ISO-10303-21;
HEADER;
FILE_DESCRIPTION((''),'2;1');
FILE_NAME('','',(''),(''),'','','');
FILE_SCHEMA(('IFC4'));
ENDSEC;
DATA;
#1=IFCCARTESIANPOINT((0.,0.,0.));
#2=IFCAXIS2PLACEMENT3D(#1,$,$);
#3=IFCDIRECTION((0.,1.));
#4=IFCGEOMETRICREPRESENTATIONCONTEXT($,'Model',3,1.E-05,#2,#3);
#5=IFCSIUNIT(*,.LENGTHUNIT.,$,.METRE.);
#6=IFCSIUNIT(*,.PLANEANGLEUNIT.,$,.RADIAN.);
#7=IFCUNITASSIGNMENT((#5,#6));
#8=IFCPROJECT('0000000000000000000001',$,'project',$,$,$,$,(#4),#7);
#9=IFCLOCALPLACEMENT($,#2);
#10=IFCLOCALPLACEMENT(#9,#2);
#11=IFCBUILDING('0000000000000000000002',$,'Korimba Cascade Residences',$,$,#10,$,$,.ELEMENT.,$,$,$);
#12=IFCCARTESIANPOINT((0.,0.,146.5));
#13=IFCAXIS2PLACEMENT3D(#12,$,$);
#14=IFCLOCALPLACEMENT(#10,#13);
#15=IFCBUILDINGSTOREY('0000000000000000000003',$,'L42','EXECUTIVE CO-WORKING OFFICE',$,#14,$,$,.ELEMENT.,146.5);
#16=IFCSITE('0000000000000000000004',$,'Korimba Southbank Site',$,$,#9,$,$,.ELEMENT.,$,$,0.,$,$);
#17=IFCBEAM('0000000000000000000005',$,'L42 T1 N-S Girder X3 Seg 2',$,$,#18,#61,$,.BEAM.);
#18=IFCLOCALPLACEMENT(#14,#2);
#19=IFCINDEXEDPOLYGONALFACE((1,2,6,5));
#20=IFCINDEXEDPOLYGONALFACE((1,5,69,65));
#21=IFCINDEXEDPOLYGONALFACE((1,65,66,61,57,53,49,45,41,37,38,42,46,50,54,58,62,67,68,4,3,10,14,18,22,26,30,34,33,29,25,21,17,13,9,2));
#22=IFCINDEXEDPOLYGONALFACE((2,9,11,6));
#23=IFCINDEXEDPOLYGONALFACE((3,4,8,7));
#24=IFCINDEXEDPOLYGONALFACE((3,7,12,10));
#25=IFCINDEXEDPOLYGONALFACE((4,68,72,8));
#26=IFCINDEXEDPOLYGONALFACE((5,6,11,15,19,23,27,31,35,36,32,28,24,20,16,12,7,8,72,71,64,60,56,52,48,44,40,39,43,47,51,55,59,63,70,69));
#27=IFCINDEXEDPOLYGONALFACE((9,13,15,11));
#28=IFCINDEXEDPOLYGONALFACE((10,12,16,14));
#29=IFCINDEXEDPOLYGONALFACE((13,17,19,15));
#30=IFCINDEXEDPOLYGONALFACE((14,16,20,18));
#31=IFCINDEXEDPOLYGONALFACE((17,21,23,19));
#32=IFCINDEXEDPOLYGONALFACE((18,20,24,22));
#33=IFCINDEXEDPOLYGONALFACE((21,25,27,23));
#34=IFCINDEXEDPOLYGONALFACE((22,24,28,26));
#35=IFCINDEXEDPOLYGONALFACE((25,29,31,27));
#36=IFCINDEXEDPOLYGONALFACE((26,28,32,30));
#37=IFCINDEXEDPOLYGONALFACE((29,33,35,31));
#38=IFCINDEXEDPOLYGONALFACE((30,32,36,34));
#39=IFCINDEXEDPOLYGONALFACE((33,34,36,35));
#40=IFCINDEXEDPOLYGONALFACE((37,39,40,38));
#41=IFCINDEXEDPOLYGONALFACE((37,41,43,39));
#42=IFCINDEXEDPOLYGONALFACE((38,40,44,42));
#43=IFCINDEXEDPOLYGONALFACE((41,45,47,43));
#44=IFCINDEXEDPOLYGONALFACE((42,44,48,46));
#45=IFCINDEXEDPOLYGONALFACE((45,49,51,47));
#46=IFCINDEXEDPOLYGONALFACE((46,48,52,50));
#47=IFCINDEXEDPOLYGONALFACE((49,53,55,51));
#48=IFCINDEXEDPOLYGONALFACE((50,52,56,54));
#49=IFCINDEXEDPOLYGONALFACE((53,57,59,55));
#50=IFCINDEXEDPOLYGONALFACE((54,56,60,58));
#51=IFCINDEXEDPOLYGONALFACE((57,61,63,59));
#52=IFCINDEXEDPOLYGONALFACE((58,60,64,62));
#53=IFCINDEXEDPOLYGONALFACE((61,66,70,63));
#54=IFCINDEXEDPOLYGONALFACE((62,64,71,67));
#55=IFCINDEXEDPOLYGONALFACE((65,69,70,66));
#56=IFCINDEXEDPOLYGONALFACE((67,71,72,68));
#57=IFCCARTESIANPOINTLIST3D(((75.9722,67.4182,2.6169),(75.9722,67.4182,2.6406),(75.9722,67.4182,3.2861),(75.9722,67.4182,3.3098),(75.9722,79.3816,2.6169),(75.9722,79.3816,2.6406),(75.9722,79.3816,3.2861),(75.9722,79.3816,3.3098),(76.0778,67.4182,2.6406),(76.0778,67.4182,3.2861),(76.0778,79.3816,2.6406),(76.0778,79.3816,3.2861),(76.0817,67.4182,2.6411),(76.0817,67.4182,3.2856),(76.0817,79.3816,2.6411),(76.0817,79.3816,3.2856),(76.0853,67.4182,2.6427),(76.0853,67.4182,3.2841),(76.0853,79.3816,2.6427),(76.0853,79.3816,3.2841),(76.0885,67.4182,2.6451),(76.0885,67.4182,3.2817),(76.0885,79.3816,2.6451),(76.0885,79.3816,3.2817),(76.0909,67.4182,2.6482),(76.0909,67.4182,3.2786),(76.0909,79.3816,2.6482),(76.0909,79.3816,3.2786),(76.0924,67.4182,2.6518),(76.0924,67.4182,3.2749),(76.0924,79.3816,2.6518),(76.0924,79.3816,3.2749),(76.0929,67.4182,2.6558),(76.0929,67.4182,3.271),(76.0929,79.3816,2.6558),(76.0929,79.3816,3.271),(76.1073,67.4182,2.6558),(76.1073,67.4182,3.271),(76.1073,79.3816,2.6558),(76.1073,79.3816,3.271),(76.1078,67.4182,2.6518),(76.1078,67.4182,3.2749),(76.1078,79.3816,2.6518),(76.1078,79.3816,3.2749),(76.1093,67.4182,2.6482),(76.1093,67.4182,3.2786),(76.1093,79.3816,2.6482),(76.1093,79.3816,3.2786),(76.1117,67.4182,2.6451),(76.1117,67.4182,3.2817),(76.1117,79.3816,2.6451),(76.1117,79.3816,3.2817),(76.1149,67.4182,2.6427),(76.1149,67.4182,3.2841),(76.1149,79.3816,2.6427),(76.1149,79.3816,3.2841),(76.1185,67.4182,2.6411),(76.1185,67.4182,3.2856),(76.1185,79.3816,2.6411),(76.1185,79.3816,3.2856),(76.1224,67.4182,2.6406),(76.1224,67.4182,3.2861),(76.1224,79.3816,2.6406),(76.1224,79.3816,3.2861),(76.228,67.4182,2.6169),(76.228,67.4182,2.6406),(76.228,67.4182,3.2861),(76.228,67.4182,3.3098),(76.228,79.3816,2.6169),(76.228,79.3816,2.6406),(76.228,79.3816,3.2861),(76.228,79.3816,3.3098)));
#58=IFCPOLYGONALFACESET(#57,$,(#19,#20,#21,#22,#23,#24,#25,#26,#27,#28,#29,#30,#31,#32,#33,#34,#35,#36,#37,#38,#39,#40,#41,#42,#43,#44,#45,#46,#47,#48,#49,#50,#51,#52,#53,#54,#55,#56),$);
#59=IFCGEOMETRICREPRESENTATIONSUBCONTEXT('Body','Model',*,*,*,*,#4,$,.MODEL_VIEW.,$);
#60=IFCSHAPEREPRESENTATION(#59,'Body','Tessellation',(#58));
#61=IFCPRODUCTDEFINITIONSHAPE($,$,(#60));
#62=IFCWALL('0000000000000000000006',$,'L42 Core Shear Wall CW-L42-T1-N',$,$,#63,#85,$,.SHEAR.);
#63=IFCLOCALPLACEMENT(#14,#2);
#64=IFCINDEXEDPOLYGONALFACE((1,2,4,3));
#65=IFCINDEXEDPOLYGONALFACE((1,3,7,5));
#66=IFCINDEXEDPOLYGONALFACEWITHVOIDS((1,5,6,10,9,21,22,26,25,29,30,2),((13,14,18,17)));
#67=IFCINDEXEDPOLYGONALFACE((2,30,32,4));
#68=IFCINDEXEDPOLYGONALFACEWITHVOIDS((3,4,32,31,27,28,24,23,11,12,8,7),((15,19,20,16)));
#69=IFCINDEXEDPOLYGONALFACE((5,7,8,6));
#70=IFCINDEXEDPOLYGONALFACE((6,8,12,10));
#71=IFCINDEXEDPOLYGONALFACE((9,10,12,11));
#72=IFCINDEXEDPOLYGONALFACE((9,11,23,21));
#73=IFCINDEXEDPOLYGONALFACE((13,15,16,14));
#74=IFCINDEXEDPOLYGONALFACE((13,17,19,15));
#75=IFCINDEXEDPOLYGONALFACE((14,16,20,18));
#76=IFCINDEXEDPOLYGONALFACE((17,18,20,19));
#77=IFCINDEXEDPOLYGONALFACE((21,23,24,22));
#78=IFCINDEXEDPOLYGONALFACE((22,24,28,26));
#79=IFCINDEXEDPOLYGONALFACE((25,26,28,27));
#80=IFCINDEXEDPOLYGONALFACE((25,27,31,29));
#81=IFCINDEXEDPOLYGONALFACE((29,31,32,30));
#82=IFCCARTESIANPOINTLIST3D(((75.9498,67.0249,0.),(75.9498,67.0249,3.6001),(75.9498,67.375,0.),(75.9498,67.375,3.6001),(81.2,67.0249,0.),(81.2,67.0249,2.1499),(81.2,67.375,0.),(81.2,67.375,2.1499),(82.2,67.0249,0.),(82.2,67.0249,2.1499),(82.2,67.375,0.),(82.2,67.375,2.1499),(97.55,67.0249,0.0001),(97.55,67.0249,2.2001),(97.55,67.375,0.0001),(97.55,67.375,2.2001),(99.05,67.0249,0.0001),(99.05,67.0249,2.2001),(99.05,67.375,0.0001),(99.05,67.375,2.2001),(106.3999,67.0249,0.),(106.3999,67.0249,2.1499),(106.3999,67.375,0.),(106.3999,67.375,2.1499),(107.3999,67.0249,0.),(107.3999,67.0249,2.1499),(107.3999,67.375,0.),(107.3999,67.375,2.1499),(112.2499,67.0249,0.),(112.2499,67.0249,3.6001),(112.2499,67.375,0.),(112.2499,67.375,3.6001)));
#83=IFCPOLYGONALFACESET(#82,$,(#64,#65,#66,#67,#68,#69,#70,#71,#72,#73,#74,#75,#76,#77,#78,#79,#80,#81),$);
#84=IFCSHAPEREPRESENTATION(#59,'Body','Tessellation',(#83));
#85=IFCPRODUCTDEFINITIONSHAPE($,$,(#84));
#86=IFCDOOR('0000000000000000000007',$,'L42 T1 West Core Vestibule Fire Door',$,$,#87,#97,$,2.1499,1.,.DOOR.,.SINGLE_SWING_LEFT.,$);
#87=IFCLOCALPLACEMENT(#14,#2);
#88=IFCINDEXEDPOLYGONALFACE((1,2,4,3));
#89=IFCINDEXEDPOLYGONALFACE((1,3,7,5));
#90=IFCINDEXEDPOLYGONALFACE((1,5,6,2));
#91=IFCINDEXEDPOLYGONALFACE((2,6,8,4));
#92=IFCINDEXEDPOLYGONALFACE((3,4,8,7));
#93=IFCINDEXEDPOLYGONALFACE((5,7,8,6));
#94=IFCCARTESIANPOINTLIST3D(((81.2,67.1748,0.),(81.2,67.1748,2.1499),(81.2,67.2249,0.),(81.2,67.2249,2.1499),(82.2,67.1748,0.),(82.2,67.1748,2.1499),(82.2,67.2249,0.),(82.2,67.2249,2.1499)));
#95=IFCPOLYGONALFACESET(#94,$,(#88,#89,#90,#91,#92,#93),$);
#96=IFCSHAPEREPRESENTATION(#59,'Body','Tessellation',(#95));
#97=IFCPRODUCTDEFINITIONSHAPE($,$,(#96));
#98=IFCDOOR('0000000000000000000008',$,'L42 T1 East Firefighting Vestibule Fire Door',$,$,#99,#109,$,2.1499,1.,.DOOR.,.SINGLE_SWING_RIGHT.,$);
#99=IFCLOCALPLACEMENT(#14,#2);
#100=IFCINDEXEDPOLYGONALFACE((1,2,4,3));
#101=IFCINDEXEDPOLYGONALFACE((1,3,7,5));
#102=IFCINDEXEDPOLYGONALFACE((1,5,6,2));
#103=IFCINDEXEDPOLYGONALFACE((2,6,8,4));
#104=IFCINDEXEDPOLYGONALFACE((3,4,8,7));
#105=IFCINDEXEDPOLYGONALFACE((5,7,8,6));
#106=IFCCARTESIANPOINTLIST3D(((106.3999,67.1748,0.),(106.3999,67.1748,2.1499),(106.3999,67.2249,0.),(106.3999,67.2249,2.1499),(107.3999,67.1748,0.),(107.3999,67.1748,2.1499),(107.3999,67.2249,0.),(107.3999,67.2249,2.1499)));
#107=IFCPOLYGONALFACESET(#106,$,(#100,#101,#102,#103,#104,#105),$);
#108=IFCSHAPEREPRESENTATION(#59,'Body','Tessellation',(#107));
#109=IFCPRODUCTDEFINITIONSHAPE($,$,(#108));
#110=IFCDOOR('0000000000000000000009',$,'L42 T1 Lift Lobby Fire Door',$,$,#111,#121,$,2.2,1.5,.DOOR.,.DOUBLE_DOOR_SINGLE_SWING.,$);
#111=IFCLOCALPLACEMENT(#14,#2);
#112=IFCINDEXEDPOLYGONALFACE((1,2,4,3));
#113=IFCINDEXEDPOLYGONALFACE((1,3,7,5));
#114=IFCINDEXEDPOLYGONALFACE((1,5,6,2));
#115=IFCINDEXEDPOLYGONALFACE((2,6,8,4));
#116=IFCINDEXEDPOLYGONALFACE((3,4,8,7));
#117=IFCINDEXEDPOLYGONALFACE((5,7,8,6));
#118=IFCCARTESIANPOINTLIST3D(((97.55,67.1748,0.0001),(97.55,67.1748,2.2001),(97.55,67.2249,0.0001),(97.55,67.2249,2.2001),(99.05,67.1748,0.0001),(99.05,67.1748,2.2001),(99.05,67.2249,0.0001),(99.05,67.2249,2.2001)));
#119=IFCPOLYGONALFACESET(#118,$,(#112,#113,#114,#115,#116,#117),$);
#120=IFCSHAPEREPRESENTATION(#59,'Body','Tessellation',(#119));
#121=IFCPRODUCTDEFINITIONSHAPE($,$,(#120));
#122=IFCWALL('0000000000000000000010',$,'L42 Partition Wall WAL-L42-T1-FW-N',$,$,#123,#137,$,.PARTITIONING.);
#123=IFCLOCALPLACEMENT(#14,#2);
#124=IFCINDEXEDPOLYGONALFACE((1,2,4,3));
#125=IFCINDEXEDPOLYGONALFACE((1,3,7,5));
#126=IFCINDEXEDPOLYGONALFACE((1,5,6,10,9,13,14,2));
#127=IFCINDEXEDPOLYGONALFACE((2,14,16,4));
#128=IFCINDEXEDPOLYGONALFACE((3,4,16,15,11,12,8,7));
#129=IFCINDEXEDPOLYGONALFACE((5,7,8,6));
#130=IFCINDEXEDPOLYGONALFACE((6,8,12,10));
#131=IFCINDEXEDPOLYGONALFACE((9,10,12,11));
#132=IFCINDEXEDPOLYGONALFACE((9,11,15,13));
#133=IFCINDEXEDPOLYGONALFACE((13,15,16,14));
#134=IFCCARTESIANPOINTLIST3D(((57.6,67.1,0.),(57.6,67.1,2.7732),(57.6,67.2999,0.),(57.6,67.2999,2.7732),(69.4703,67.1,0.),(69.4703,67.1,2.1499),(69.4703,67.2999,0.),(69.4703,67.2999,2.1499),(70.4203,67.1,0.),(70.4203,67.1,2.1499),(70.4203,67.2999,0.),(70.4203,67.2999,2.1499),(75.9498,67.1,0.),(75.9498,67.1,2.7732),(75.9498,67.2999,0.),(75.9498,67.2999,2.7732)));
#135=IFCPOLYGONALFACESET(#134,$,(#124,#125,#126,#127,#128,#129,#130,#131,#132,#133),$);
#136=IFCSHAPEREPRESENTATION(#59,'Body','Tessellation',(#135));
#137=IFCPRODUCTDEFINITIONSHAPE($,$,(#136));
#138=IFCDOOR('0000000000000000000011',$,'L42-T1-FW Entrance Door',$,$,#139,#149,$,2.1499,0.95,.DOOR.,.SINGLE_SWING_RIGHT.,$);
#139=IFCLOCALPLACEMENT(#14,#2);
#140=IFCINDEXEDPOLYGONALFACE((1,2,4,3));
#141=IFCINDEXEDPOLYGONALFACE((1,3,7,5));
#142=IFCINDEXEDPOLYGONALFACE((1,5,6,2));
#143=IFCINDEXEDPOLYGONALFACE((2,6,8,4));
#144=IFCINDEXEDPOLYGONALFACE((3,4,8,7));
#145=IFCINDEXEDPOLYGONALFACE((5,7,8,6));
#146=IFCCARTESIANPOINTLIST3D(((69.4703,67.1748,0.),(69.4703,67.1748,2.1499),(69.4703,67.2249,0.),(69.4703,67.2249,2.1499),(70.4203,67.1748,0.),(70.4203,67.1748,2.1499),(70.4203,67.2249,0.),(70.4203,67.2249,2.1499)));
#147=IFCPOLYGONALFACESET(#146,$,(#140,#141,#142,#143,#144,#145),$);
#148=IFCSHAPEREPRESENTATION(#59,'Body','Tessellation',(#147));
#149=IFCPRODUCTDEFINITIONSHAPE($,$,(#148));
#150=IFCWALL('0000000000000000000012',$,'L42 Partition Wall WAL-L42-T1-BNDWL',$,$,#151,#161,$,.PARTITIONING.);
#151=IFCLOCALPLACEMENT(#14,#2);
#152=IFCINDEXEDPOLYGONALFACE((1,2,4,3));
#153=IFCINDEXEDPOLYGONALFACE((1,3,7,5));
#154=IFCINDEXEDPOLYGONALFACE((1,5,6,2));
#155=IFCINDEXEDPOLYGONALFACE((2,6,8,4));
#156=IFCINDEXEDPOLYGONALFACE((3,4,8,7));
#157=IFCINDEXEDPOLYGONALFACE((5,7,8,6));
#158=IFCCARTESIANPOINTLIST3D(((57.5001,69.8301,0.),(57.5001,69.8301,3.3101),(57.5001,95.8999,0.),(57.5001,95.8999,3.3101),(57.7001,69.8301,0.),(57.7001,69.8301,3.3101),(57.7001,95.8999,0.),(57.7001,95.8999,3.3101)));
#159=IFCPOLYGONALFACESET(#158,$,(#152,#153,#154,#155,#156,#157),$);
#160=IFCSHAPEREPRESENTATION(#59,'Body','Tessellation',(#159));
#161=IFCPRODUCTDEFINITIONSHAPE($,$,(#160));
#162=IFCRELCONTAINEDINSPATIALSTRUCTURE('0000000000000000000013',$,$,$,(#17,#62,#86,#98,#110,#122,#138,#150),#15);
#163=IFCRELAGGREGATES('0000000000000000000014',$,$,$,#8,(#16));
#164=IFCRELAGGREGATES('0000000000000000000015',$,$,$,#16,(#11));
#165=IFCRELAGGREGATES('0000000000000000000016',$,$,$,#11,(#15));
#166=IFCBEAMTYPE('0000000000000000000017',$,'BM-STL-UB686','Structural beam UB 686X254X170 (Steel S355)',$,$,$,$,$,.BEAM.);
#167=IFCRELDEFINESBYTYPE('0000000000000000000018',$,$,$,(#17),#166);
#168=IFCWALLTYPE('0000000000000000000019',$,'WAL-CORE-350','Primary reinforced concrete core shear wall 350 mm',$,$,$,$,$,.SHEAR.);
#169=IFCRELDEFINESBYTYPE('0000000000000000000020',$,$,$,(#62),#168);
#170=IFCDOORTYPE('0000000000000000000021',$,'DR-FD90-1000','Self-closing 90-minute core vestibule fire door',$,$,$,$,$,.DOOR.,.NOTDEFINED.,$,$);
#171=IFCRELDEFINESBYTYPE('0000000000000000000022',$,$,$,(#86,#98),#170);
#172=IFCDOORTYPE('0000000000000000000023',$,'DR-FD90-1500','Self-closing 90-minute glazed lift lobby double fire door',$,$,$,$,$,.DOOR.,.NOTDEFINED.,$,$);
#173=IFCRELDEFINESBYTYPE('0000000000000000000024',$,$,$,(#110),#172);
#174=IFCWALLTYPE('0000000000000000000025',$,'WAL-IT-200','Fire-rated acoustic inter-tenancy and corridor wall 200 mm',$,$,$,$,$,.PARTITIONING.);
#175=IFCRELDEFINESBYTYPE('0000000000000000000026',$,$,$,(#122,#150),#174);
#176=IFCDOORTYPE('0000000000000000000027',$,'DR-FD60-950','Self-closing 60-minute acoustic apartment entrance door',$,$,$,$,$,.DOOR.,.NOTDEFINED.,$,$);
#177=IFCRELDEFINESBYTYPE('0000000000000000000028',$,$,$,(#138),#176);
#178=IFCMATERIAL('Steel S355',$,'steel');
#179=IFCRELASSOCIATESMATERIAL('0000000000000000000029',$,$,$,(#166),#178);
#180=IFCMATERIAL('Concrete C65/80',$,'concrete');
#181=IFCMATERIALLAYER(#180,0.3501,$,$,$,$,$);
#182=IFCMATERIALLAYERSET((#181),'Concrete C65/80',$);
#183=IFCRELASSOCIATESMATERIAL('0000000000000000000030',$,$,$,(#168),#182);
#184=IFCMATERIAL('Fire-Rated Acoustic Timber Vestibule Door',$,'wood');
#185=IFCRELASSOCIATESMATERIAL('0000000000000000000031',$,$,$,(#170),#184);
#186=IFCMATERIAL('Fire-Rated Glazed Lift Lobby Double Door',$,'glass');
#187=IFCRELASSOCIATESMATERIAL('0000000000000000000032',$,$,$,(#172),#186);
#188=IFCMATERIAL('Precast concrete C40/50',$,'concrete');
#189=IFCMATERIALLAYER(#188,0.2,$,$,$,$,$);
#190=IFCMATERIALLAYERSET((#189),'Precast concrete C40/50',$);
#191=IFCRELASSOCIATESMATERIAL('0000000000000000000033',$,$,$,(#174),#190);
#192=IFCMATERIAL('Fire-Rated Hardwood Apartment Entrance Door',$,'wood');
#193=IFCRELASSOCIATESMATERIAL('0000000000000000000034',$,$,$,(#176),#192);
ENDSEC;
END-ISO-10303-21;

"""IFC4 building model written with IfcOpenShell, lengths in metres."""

from ifc_helpers import new_model, si_unit, direction, frame, frame_2d, origin, origin_2d, place, context, subcontext, project, spatial, rectangle, i_section, extrude, material, layer, layer_set, material_profile, profile_set, type_object, element, fill, save


model = new_model("IFC4")

# Units and contexts
model_context = context("Model", 3, precision=1e-05, world=origin(), true_north=direction((0.0, 1.0)))
body_context = subcontext(model_context, "Body", "Model", "MODEL_VIEW")
ifc_project = project(units=[si_unit("LENGTHUNIT", "METRE"), si_unit("PLANEANGLEUNIT", "RADIAN")], contexts=[model_context])

# Site, building, storey
site_placement = place(None, origin())
site = spatial("IfcSite", under=ifc_project, at=site_placement, Name="Korimba Southbank Site", CompositionType="ELEMENT", RefElevation=0.0)
building_placement = place(site_placement, origin())
building = spatial("IfcBuilding", under=site, at=building_placement, Name="Korimba Cascade Residences", CompositionType="ELEMENT")
storey_placement = place(building_placement, frame((0.0, 0.0, 146.5)))
storey = spatial("IfcBuildingStorey", under=building, at=storey_placement, Name="L42", Description="EXECUTIVE CO-WORKING OFFICE", CompositionType="ELEMENT", Elevation=146.5)

# Beam
ifc_material_1 = material(Name="Steel S355", Category="steel")
ifc_material_profile_1 = material_profile(ifc_material_1, i_section(OverallWidth=0.2559, OverallDepth=0.6929, WebThickness=0.0144, FlangeThickness=0.0237, FilletRadius=0.0151, at=origin_2d()), Name="Steel S355")
ifc_profile_set_1 = profile_set([ifc_material_profile_1], Name="Steel S355")
beam_type_1 = type_object("IfcBeamType", Name="BM-STL-UB686", Description="Structural beam UB 686X254X170 (Steel S355)", PredefinedType="BEAM", material=ifc_profile_set_1)
for number, where, z_axis, x_axis, name in (
    (1, (76.1001, 67.4182, 2.9634), (0.0, 1.0, 0.0), (-1.0, 0.0, 0.0), "L42 T1 N-S Girder X3 Seg 2"),
):
    element("IfcBeam", number, at=place(storey_placement, frame(where, z_axis=z_axis, x_axis=x_axis)), inside=storey, type_object=beam_type_1, Name=name, PredefinedType="BEAM", context=body_context, shape_type="SweptSolid", body=[
        extrude(i_section(OverallWidth=0.2559, OverallDepth=0.6929, WebThickness=0.0144, FlangeThickness=0.0237, FilletRadius=0.0151, at=origin_2d()), origin(), (0.0, 0.0, 1.0), 11.9634),
    ])

# Wall, openings, doors
ifc_material_2 = material(Name="Concrete C65/80", Category="concrete")
ifc_layer_1 = layer(ifc_material_2, 0.3501)
ifc_layer_set_1 = layer_set([ifc_layer_1], Name="Concrete C65/80")
wall_type_1 = type_object("IfcWallType", Name="WAL-CORE-350", Description="Primary reinforced concrete core shear wall 350 mm", PredefinedType="SHEAR", material=ifc_layer_set_1)
wall_1_placement = place(storey_placement, frame((75.95, 67.2, 0.0), z_axis=(0.0, 0.0, 1.0), x_axis=(1.0, 0.0, 0.0)))
wall_1 = element("IfcWall", 2, at=wall_1_placement, inside=storey, type_object=wall_type_1, Name="L42 Core Shear Wall CW-L42-T1-N", PredefinedType="SHEAR", context=body_context, shape_type="SweptSolid", body=[
    extrude(rectangle(XDim=36.3, YDim=0.3501, at=frame_2d((18.1499, 0.0))), origin(), (0.0, 0.0, 1.0), 3.6001),
])
opening_1_placement = place(wall_1_placement, frame((5.25, 0.0, 0.0)))
opening_1 = element("IfcOpeningElement", 3, at=opening_1_placement, cuts=wall_1, PredefinedType="OPENING", context=body_context, shape_type="SweptSolid", body=[
    extrude(rectangle(XDim=1.0, YDim=2.1499, at=frame_2d((0.5, 1.075))), frame((0.0, 0.1851, 0.0), z_axis=(0.0, -1.0, 0.0), x_axis=(1.0, 0.0, 0.0)), (0.0, 0.0, 1.0), 0.3701),
])
opening_2_placement = place(wall_1_placement, frame((21.6001, 0.0, 0.0)))
opening_2 = element("IfcOpeningElement", 4, at=opening_2_placement, cuts=wall_1, PredefinedType="OPENING", context=body_context, shape_type="SweptSolid", body=[
    extrude(rectangle(XDim=1.5, YDim=2.2, at=frame_2d((0.75, 1.1001))), frame((0.0, 0.1851, 0.0), z_axis=(0.0, -1.0, 0.0), x_axis=(1.0, 0.0, 0.0)), (0.0, 0.0, 1.0), 0.3701),
])
opening_3_placement = place(wall_1_placement, frame((30.45, 0.0, 0.0)))
opening_3 = element("IfcOpeningElement", 5, at=opening_3_placement, cuts=wall_1, PredefinedType="OPENING", context=body_context, shape_type="SweptSolid", body=[
    extrude(rectangle(XDim=1.0, YDim=2.1499, at=frame_2d((0.5, 1.075))), frame((0.0, 0.1851, 0.0), z_axis=(0.0, -1.0, 0.0), x_axis=(1.0, 0.0, 0.0)), (0.0, 0.0, 1.0), 0.3701),
])
ifc_material_3 = material(Name="Fire-Rated Acoustic Timber Vestibule Door", Category="wood")
door_type_1 = type_object("IfcDoorType", Name="DR-FD90-1000", Description="Self-closing 90-minute core vestibule fire door", OperationType="NOTDEFINED", PredefinedType="DOOR", material=ifc_material_3)
door_1_placement = place(opening_1_placement, origin())
door_1 = element("IfcDoor", 6, at=door_1_placement, inside=storey, type_object=door_type_1, Name="L42 T1 West Core Vestibule Fire Door", OperationType="SINGLE_SWING_LEFT", OverallHeight=2.1499, OverallWidth=1.0, PredefinedType="DOOR", context=body_context, shape_type="SweptSolid", body=[
    extrude(rectangle(XDim=1.0, YDim=2.1499, at=frame_2d((0.5, 1.075))), frame((0.0, 0.0249, 0.0), z_axis=(0.0, -1.0, 0.0), x_axis=(1.0, 0.0, 0.0)), (0.0, 0.0, 1.0), 0.05),
])
fill(opening_1, door_1)
door_2_placement = place(opening_3_placement, origin())
door_2 = element("IfcDoor", 7, at=door_2_placement, inside=storey, type_object=door_type_1, Name="L42 T1 East Firefighting Vestibule Fire Door", OperationType="SINGLE_SWING_RIGHT", OverallHeight=2.1499, OverallWidth=1.0, PredefinedType="DOOR", context=body_context, shape_type="SweptSolid", body=[
    extrude(rectangle(XDim=1.0, YDim=2.1499, at=frame_2d((0.5, 1.075))), frame((0.0, 0.0249, 0.0), z_axis=(0.0, -1.0, 0.0), x_axis=(1.0, 0.0, 0.0)), (0.0, 0.0, 1.0), 0.05),
])
fill(opening_3, door_2)
ifc_material_4 = material(Name="Fire-Rated Glazed Lift Lobby Double Door", Category="glass")
door_type_2 = type_object("IfcDoorType", Name="DR-FD90-1500", Description="Self-closing 90-minute glazed lift lobby double fire door", OperationType="NOTDEFINED", PredefinedType="DOOR", material=ifc_material_4)
door_3_placement = place(opening_2_placement, origin())
door_3 = element("IfcDoor", 8, at=door_3_placement, inside=storey, type_object=door_type_2, Name="L42 T1 Lift Lobby Fire Door", OperationType="DOUBLE_DOOR_SINGLE_SWING", OverallHeight=2.2, OverallWidth=1.5, PredefinedType="DOOR", context=body_context, shape_type="SweptSolid", body=[
    extrude(rectangle(XDim=1.5, YDim=2.2, at=frame_2d((0.75, 1.1001))), frame((0.0, 0.0249, 0.0), z_axis=(0.0, -1.0, 0.0), x_axis=(1.0, 0.0, 0.0)), (0.0, 0.0, 1.0), 0.05),
])
fill(opening_2, door_3)

# Wall, opening, door
ifc_material_5 = material(Name="Precast concrete C40/50", Category="concrete")
ifc_layer_2 = layer(ifc_material_5, 0.2)
ifc_layer_set_2 = layer_set([ifc_layer_2], Name="Precast concrete C40/50")
wall_type_2 = type_object("IfcWallType", Name="WAL-IT-200", Description="Fire-rated acoustic inter-tenancy and corridor wall 200 mm", PredefinedType="PARTITIONING", material=ifc_layer_set_2)
wall_2_placement = place(storey_placement, frame((57.6001, 67.2, 0.0), z_axis=(0.0, 0.0, 1.0), x_axis=(1.0, 0.0, 0.0)))
wall_2 = element("IfcWall", 9, at=wall_2_placement, inside=storey, type_object=wall_type_2, Name="L42 Partition Wall WAL-L42-T1-FW-N", PredefinedType="PARTITIONING", context=body_context, shape_type="SweptSolid", body=[
    extrude(rectangle(XDim=18.3499, YDim=0.2, at=frame_2d((9.1748, 0.0))), origin(), (0.0, 0.0, 1.0), 2.7732),
])
opening_4_placement = place(wall_2_placement, frame((11.8701, 0.0, 0.0)))
opening_4 = element("IfcOpeningElement", 10, at=opening_4_placement, cuts=wall_2, PredefinedType="OPENING", context=body_context, shape_type="SweptSolid", body=[
    extrude(rectangle(XDim=0.95, YDim=2.1499, at=frame_2d((0.4751, 1.075))), frame((0.0, 0.1099, 0.0), z_axis=(0.0, -1.0, 0.0), x_axis=(1.0, 0.0, 0.0)), (0.0, 0.0, 1.0), 0.22),
])
ifc_material_6 = material(Name="Fire-Rated Hardwood Apartment Entrance Door", Category="wood")
door_type_3 = type_object("IfcDoorType", Name="DR-FD60-950", Description="Self-closing 60-minute acoustic apartment entrance door", OperationType="NOTDEFINED", PredefinedType="DOOR", material=ifc_material_6)
door_4_placement = place(opening_4_placement, origin())
door_4 = element("IfcDoor", 11, at=door_4_placement, inside=storey, type_object=door_type_3, Name="L42-T1-FW Entrance Door", OperationType="SINGLE_SWING_RIGHT", OverallHeight=2.1499, OverallWidth=0.95, PredefinedType="DOOR", context=body_context, shape_type="SweptSolid", body=[
    extrude(rectangle(XDim=0.95, YDim=2.1499, at=frame_2d((0.4751, 1.075))), frame((0.0, 0.0249, 0.0), z_axis=(0.0, -1.0, 0.0), x_axis=(1.0, 0.0, 0.0)), (0.0, 0.0, 1.0), 0.05),
])
fill(opening_4, door_4)

# Wall
wall_3_placement = place(storey_placement, frame((57.6001, 69.8301, 0.0), z_axis=(0.0, 0.0, 1.0), x_axis=(0.0, 1.0, 0.0)))
element("IfcWall", 12, at=wall_3_placement, inside=storey, type_object=wall_type_2, Name="L42 Partition Wall WAL-L42-T1-BNDWL", PredefinedType="PARTITIONING", context=body_context, shape_type="SweptSolid", body=[
    extrude(rectangle(XDim=26.0698, YDim=0.2, at=frame_2d((13.0349, 0.0))), origin(), (0.0, 0.0, 1.0), 3.3101),
])

save(model, "model.ifc")
